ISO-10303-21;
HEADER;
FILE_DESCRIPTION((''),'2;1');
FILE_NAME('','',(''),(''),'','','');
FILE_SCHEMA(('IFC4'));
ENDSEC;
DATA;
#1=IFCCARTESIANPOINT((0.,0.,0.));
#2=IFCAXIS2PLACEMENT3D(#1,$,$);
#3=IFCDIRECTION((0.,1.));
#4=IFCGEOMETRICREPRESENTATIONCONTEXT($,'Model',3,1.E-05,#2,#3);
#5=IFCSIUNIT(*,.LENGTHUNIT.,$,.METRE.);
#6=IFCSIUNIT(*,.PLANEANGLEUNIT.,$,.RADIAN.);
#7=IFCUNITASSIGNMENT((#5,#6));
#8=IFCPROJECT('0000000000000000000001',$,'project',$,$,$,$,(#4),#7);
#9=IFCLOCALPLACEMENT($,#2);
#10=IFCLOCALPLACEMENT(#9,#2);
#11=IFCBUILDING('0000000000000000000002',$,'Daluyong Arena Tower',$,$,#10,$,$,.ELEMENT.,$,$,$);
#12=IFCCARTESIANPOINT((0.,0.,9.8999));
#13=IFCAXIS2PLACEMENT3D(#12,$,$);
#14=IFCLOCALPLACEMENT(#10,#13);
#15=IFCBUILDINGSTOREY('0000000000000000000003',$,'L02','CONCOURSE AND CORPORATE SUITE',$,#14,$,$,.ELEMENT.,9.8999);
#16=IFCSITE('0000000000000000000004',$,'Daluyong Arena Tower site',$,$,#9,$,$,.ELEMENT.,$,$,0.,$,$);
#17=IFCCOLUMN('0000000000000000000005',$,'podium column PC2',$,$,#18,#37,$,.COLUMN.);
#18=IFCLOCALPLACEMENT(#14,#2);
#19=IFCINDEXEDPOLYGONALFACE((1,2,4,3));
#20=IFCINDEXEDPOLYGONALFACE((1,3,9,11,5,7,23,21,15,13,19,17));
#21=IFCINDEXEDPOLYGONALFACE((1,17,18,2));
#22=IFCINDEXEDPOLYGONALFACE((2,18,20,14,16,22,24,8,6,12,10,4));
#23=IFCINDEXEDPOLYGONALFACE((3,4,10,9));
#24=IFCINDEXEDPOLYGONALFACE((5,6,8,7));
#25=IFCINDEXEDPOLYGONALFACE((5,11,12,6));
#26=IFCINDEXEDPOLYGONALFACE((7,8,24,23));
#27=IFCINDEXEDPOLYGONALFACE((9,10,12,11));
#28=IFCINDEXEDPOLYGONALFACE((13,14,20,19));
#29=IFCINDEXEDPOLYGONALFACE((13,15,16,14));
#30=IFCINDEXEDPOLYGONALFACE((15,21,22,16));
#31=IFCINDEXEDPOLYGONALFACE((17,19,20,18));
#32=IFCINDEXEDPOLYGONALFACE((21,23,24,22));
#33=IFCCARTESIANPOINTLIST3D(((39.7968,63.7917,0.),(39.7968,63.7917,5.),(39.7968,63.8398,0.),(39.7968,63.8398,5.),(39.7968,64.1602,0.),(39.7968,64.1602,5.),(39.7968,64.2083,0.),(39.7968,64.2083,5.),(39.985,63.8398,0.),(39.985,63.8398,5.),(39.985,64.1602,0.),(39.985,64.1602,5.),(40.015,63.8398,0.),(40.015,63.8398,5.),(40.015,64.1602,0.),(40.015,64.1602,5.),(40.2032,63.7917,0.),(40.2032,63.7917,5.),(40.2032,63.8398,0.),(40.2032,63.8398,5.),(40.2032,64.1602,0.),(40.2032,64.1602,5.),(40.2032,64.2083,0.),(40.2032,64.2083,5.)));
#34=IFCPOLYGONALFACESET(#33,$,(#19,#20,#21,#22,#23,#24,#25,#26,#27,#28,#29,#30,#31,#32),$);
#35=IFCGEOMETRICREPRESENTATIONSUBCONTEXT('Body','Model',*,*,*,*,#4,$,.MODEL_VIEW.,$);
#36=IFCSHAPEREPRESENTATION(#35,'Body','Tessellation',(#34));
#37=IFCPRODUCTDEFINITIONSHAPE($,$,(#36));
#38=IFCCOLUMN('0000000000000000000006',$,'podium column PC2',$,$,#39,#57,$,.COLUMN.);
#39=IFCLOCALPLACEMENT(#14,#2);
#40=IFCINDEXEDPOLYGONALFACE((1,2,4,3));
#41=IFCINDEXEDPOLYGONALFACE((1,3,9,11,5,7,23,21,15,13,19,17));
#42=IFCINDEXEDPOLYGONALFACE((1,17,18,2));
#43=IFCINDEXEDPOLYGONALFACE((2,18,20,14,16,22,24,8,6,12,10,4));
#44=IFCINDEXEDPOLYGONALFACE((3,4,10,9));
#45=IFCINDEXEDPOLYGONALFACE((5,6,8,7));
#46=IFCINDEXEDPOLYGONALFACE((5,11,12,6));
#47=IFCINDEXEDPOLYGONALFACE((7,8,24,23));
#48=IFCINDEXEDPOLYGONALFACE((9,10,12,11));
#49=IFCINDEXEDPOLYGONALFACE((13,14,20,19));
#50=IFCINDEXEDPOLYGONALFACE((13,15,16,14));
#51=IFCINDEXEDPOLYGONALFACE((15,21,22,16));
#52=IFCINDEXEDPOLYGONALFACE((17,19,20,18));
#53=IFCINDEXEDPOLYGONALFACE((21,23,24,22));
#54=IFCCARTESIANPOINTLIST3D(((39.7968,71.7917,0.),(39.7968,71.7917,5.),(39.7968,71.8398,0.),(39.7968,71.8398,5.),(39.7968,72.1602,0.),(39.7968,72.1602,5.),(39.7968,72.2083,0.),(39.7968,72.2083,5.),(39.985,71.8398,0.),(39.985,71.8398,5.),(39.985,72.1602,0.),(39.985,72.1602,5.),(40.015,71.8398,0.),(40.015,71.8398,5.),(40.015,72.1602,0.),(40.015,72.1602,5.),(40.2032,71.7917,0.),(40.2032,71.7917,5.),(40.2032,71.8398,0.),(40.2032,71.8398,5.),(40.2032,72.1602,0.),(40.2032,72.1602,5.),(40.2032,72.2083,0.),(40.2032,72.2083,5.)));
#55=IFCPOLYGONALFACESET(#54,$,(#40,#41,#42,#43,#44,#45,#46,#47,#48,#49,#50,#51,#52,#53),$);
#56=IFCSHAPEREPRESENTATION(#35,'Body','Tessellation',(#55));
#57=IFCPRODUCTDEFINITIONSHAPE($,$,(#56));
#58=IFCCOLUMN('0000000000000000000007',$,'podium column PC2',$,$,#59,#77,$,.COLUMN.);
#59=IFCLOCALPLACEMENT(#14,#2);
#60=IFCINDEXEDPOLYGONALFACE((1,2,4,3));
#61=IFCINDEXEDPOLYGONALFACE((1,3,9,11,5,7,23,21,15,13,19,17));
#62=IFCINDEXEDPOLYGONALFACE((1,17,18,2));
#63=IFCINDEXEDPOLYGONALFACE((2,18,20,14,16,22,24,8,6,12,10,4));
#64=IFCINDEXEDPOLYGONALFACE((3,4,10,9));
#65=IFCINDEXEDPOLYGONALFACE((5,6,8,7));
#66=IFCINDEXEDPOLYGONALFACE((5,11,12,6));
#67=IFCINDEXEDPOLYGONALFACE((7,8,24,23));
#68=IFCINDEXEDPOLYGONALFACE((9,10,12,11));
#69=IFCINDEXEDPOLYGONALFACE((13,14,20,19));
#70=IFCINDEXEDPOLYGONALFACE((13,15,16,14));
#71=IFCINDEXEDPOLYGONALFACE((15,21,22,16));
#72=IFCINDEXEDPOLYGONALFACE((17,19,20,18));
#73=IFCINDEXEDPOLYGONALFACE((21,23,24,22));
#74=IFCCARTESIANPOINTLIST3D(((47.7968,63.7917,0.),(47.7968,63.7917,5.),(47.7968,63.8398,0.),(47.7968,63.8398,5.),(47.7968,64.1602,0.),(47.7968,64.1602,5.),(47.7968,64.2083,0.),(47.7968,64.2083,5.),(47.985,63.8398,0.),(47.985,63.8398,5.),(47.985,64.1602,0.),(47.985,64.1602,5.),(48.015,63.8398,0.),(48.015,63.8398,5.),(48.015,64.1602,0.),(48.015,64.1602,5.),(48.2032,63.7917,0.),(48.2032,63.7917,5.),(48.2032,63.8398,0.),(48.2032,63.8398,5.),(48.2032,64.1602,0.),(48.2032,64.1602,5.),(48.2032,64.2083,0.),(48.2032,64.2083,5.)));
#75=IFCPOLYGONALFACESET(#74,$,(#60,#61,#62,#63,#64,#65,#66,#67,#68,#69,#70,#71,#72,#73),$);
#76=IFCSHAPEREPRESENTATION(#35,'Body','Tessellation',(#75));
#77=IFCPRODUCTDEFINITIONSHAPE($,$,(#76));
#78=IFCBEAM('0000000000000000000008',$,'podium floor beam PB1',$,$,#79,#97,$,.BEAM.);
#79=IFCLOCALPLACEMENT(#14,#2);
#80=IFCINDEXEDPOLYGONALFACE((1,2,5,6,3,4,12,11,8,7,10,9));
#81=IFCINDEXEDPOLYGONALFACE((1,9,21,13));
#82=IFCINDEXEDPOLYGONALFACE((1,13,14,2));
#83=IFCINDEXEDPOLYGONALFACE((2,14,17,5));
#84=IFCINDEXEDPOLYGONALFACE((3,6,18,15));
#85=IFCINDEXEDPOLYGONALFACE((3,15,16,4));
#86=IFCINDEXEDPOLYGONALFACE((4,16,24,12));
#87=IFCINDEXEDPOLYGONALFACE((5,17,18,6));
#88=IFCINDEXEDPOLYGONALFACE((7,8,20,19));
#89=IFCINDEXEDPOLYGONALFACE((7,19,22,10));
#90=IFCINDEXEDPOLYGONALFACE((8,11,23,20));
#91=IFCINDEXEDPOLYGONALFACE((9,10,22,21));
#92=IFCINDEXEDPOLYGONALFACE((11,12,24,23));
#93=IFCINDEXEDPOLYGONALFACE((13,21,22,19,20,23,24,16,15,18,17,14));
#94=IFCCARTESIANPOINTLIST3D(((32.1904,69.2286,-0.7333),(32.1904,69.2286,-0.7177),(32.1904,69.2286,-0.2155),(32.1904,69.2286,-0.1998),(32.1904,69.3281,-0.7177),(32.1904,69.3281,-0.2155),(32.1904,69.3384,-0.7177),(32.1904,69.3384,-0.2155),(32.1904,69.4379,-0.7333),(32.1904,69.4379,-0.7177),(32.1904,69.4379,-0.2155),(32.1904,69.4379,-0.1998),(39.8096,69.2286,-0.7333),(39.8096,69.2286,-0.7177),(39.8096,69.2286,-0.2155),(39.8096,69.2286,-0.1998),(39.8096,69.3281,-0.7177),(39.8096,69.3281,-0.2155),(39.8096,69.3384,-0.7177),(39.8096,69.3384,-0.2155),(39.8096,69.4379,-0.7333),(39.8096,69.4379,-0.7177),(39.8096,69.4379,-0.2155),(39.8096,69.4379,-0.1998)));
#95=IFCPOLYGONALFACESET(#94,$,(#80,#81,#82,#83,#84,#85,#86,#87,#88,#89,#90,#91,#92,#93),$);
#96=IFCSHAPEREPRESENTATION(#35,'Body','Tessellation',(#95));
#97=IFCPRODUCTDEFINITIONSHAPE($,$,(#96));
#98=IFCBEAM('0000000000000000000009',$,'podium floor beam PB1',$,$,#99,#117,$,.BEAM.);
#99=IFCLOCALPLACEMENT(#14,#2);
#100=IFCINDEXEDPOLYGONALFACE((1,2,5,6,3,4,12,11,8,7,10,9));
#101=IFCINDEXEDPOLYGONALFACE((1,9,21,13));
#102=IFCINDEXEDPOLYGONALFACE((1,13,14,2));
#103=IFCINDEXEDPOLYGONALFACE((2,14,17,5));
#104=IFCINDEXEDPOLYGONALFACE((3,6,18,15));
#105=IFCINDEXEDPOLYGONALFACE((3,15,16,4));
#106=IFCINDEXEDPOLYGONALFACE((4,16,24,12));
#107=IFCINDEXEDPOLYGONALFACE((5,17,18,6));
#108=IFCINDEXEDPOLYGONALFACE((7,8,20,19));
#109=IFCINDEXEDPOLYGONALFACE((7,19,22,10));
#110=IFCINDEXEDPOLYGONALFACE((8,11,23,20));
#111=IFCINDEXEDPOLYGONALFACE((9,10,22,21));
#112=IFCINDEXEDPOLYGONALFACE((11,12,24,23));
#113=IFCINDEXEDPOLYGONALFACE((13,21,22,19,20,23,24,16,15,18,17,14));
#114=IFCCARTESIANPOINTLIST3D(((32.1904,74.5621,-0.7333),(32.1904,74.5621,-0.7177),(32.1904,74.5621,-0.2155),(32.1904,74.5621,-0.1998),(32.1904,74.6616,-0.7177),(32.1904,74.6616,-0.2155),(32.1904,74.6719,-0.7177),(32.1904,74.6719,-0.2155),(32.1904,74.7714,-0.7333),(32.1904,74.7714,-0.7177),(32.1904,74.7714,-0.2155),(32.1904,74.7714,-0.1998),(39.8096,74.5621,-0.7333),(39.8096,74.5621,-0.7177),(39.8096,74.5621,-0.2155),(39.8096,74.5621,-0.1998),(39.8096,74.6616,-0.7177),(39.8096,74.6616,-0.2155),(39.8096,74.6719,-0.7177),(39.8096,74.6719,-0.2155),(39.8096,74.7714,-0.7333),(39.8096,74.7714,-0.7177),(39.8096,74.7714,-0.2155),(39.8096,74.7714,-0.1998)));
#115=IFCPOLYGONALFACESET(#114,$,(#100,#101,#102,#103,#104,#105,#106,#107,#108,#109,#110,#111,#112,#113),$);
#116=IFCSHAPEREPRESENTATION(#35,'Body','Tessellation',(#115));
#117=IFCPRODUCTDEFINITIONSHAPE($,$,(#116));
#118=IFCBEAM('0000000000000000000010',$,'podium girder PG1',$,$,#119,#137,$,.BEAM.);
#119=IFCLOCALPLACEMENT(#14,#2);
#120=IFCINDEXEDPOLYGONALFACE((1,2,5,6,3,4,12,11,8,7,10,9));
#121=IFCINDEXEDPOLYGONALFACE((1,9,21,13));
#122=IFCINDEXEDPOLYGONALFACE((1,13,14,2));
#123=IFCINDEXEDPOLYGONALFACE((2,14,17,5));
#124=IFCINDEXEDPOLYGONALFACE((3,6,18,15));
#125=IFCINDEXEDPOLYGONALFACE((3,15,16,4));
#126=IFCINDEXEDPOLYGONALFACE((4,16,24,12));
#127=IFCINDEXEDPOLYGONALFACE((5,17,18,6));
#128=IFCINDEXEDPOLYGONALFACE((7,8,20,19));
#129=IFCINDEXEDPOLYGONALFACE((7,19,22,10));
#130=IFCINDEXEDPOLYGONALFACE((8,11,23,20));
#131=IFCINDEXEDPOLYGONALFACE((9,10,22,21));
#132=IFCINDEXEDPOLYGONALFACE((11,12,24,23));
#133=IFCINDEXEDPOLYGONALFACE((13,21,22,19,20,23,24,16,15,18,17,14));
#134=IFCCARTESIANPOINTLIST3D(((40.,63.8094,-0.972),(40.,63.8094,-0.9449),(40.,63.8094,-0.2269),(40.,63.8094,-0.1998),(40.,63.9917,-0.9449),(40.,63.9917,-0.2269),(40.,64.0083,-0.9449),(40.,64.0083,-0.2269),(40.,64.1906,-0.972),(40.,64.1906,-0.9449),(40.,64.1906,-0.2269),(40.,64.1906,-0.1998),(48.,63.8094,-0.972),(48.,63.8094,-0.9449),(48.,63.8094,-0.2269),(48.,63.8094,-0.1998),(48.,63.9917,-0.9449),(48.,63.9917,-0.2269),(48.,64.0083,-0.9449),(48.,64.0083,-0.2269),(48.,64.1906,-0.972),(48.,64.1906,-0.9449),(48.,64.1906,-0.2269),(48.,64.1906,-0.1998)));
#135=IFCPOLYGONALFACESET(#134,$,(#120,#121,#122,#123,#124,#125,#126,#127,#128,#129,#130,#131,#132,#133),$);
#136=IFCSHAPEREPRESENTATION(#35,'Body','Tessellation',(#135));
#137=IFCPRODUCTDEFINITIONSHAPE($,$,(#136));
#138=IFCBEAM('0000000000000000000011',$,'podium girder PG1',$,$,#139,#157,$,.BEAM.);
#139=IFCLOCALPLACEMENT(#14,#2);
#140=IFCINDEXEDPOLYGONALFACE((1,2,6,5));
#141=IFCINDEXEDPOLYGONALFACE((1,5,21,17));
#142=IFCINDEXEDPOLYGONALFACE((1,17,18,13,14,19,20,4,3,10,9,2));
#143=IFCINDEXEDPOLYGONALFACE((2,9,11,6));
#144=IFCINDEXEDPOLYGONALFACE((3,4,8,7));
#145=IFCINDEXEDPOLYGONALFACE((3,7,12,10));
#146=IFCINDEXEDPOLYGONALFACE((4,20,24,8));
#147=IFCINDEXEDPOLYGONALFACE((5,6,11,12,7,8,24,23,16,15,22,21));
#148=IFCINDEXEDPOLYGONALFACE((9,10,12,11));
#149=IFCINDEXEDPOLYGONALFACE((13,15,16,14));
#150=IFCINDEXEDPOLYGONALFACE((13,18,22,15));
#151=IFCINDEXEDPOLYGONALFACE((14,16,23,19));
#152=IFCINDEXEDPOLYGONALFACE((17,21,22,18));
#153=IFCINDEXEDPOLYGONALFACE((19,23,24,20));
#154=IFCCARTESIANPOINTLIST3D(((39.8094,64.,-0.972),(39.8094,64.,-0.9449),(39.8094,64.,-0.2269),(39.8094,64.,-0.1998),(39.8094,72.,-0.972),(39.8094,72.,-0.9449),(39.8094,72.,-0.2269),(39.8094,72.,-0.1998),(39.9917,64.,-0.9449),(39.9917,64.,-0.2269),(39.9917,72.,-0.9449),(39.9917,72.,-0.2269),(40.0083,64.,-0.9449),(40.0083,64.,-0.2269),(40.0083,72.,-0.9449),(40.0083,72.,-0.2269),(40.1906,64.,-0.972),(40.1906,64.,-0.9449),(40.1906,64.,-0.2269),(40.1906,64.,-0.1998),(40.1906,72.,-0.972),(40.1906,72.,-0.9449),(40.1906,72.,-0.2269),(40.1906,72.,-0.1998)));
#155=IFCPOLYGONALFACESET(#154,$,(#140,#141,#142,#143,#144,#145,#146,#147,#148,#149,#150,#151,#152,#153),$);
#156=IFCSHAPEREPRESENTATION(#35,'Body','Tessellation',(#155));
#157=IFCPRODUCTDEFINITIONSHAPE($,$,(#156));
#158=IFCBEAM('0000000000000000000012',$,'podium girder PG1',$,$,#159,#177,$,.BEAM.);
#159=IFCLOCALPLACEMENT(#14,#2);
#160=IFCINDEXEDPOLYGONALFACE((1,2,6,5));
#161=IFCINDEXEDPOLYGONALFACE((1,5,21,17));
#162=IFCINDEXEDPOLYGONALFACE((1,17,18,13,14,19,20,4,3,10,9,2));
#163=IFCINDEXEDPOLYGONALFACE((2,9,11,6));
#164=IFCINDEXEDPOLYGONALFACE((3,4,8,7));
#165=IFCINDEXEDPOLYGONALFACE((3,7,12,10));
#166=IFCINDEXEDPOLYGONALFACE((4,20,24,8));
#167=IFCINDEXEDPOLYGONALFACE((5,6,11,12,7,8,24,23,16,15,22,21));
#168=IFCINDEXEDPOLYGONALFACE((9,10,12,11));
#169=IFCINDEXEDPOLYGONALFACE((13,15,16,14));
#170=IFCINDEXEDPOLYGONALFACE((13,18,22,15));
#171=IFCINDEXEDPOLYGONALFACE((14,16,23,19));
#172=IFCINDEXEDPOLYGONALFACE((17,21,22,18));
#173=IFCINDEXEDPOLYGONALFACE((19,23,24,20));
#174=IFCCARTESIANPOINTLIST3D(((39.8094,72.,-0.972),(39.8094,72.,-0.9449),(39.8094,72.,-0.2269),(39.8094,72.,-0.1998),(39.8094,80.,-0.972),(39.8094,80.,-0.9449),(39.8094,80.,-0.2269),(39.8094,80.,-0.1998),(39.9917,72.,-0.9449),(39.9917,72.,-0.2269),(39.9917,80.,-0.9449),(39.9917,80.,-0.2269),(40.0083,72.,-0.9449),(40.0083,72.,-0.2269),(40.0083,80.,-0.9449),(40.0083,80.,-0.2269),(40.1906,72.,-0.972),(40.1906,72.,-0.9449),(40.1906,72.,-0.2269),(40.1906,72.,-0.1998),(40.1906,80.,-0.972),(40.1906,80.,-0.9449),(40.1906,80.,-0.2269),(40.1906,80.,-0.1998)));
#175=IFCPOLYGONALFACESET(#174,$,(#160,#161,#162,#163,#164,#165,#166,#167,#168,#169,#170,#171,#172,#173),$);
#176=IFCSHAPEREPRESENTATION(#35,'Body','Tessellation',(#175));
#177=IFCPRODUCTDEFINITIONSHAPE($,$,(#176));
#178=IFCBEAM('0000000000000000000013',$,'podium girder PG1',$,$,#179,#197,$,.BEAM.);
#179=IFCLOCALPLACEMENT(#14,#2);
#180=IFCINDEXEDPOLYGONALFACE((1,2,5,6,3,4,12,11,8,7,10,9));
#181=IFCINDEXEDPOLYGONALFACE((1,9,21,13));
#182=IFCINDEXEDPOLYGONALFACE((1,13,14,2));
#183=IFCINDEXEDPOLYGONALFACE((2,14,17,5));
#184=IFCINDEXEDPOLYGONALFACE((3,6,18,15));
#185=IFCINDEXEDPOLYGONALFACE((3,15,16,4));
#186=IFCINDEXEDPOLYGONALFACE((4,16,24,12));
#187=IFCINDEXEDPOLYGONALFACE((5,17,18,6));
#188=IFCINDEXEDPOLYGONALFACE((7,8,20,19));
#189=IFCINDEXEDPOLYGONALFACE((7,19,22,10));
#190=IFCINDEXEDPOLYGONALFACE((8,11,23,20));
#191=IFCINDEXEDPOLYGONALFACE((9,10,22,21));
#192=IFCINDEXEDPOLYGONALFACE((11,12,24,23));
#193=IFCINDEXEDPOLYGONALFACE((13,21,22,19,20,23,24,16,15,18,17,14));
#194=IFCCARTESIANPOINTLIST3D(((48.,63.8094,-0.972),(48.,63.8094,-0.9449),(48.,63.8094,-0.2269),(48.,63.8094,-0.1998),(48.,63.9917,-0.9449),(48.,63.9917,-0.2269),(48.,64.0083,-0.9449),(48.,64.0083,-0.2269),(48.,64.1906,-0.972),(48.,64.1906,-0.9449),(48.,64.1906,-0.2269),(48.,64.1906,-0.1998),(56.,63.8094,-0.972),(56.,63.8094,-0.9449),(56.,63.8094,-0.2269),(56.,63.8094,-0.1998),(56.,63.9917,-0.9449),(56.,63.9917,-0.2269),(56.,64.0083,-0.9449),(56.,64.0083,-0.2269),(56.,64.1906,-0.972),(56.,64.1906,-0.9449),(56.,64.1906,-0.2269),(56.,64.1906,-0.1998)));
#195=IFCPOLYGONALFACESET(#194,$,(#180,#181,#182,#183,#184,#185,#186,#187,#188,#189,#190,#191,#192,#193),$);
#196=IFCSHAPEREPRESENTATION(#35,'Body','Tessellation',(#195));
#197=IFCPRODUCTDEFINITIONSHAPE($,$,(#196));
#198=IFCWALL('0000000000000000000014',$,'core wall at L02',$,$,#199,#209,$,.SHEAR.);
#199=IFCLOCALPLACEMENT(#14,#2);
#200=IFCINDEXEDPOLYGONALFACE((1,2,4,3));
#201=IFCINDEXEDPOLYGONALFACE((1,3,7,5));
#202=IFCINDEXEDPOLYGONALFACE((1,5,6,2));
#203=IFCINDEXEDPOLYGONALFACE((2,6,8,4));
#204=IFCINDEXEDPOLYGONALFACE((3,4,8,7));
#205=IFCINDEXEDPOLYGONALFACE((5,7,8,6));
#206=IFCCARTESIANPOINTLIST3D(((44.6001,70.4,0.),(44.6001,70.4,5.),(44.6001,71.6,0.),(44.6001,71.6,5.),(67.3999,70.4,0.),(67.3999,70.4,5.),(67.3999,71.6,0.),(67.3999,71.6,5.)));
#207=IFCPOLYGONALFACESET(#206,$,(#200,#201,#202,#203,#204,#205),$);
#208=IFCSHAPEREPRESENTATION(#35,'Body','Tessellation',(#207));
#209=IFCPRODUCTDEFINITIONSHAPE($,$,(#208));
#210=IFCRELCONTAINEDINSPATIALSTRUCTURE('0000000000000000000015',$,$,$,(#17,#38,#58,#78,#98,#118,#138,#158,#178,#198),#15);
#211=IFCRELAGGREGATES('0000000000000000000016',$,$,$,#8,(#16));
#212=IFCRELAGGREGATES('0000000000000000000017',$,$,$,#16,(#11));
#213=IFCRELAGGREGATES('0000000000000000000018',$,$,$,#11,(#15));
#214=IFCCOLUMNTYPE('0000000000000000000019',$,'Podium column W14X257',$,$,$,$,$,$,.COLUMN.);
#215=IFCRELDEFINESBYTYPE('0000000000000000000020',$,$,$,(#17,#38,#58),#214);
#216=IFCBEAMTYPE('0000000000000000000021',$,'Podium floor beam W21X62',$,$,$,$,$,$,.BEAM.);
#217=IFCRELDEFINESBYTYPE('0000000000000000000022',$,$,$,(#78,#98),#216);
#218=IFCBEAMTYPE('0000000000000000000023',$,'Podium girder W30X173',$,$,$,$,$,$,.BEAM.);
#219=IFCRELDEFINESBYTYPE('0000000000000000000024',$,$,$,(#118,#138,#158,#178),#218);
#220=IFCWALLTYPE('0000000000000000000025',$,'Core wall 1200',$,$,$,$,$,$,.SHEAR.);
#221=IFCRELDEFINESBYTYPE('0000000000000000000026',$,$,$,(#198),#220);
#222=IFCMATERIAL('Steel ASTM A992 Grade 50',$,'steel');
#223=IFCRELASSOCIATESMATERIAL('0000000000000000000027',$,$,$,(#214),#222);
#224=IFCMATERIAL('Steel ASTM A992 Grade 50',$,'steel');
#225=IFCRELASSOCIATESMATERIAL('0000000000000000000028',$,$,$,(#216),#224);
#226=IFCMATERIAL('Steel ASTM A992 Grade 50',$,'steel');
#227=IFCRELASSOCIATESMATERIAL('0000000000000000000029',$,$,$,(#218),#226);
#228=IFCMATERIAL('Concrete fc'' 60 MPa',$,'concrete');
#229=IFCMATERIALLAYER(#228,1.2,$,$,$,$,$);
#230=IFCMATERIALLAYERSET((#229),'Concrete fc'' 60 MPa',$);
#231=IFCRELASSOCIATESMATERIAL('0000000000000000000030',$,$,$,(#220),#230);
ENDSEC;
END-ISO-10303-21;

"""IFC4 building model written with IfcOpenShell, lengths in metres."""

from ifc_helpers import new_model, si_unit, direction, frame, frame_2d, origin, origin_2d, place, context, subcontext, project, spatial, rectangle, i_section, extrude, material, layer, layer_set, material_profile, profile_set, type_object, element, save


model = new_model("IFC4")

# Units and contexts
model_context = context("Model", 3, precision=1e-05, world=origin(), true_north=direction((0.0, 1.0)))
body_context = subcontext(model_context, "Body", "Model", "MODEL_VIEW")
ifc_project = project(units=[si_unit("LENGTHUNIT", "METRE"), si_unit("PLANEANGLEUNIT", "RADIAN")], contexts=[model_context])

# Site, building, storey
site_placement = place(None, origin())
site = spatial("IfcSite", under=ifc_project, at=site_placement, Name="Daluyong Arena Tower site", CompositionType="ELEMENT", RefElevation=0.0)
building_placement = place(site_placement, origin())
building = spatial("IfcBuilding", under=site, at=building_placement, Name="Daluyong Arena Tower", CompositionType="ELEMENT")
storey_placement = place(building_placement, frame((0.0, 0.0, 9.8999)))
storey = spatial("IfcBuildingStorey", under=building, at=storey_placement, Name="L02", Description="CONCOURSE AND CORPORATE SUITE", CompositionType="ELEMENT", Elevation=9.8999)

# Columns
ifc_material_1 = material(Name="Steel ASTM A992 Grade 50", Category="steel")
ifc_material_profile_1 = material_profile(ifc_material_1, i_section(OverallWidth=0.4065, OverallDepth=0.4165, WebThickness=0.03, FlangeThickness=0.0481, at=origin_2d()))
ifc_profile_set_1 = profile_set([ifc_material_profile_1], Name="Steel ASTM A992 Grade 50")
column_type = type_object("IfcColumnType", Name="Podium column W14X257", PredefinedType="COLUMN", material=ifc_profile_set_1)
for number, where, z_axis, x_axis, name in (
    (1, (40.0, 64.0, 0.0), (0.0, 0.0, 1.0), (1.0, 0.0, 0.0), "podium column PC2"),
    (2, (40.0, 72.0, 0.0), (0.0, 0.0, 1.0), (1.0, 0.0, 0.0), "podium column PC2"),
    (3, (48.0, 64.0, 0.0), (0.0, 0.0, 1.0), (1.0, 0.0, 0.0), "podium column PC2"),
):
    element("IfcColumn", number, at=place(storey_placement, frame(where, z_axis=z_axis, x_axis=x_axis)), inside=storey, type_object=column_type, Name=name, PredefinedType="COLUMN", context=body_context, shape_type="SweptSolid", body=[
        extrude(i_section(OverallWidth=0.4065, OverallDepth=0.4165, WebThickness=0.03, FlangeThickness=0.0481, at=origin_2d()), origin(), (0.0, 0.0, 1.0), 5.0),
    ])

# Beams
ifc_material_2 = material(Name="Steel ASTM A992 Grade 50", Category="steel")
ifc_material_profile_2 = material_profile(ifc_material_2, i_section(OverallWidth=0.2092, OverallDepth=0.5334, WebThickness=0.0103, FlangeThickness=0.0156, at=origin_2d()))
ifc_profile_set_2 = profile_set([ifc_material_profile_2], Name="Steel ASTM A992 Grade 50")
beam_type_1 = type_object("IfcBeamType", Name="Podium floor beam W21X62", PredefinedType="BEAM", material=ifc_profile_set_2)
for number, where, z_axis, x_axis, name in (
    (4, (32.1904, 69.3333, -0.4666), (1.0, 0.0, 0.0), (0.0, 1.0, 0.0), "podium floor beam PB1"),
    (5, (32.1904, 74.6667, -0.4666), (1.0, 0.0, 0.0), (0.0, 1.0, 0.0), "podium floor beam PB1"),
):
    element("IfcBeam", number, at=place(storey_placement, frame(where, z_axis=z_axis, x_axis=x_axis)), inside=storey, type_object=beam_type_1, Name=name, PredefinedType="BEAM", context=body_context, shape_type="SweptSolid", body=[
        extrude(i_section(OverallWidth=0.2092, OverallDepth=0.5334, WebThickness=0.0103, FlangeThickness=0.0156, at=origin_2d()), origin(), (0.0, 0.0, 1.0), 7.6191),
    ])
ifc_material_3 = material(Name="Steel ASTM A992 Grade 50", Category="steel")
ifc_material_profile_3 = material_profile(ifc_material_3, i_section(OverallWidth=0.3811, OverallDepth=0.7722, WebThickness=0.0166, FlangeThickness=0.0271, at=origin_2d()))
ifc_profile_set_3 = profile_set([ifc_material_profile_3], Name="Steel ASTM A992 Grade 50")
beam_type_2 = type_object("IfcBeamType", Name="Podium girder W30X173", PredefinedType="BEAM", material=ifc_profile_set_3)
for number, where, z_axis, x_axis, name in (
    (6, (40.0, 64.0, -0.5859), (1.0, 0.0, 0.0), (0.0, 1.0, 0.0), "podium girder PG1"),
    (7, (40.0, 64.0, -0.5859), (0.0, 1.0, 0.0), (-1.0, 0.0, 0.0), "podium girder PG1"),
    (8, (40.0, 72.0, -0.5859), (0.0, 1.0, 0.0), (-1.0, 0.0, 0.0), "podium girder PG1"),
    (9, (48.0, 64.0, -0.5859), (1.0, 0.0, 0.0), (0.0, 1.0, 0.0), "podium girder PG1"),
):
    element("IfcBeam", number, at=place(storey_placement, frame(where, z_axis=z_axis, x_axis=x_axis)), inside=storey, type_object=beam_type_2, Name=name, PredefinedType="BEAM", context=body_context, shape_type="SweptSolid", body=[
        extrude(i_section(OverallWidth=0.3811, OverallDepth=0.7722, WebThickness=0.0166, FlangeThickness=0.0271, at=origin_2d()), origin(), (0.0, 0.0, 1.0), 8.0),
    ])

# Shared definitions
ifc_material_4 = material(Name="Concrete fc' 60 MPa", Category="concrete")
ifc_layer_1 = layer(ifc_material_4, 1.2)
ifc_layer_set_1 = layer_set([ifc_layer_1], Name="Concrete fc' 60 MPa")
wall_type_1 = type_object("IfcWallType", Name="Core wall 1200", PredefinedType="SHEAR", material=ifc_layer_set_1)

# Wall
wall_1_placement = place(storey_placement, frame((44.6001, 71.0, 0.0), z_axis=(0.0, 0.0, 1.0), x_axis=(1.0, 0.0, 0.0)))
element("IfcWall", 10, at=wall_1_placement, inside=storey, type_object=wall_type_1, Name="core wall at L02", PredefinedType="SHEAR", context=body_context, shape_type="SweptSolid", body=[
    extrude(rectangle(XDim=22.7998, YDim=1.2, at=frame_2d((11.3999, 0.0))), origin(), (0.0, 0.0, 1.0), 5.0),
])

save(model, "model.ifc")
